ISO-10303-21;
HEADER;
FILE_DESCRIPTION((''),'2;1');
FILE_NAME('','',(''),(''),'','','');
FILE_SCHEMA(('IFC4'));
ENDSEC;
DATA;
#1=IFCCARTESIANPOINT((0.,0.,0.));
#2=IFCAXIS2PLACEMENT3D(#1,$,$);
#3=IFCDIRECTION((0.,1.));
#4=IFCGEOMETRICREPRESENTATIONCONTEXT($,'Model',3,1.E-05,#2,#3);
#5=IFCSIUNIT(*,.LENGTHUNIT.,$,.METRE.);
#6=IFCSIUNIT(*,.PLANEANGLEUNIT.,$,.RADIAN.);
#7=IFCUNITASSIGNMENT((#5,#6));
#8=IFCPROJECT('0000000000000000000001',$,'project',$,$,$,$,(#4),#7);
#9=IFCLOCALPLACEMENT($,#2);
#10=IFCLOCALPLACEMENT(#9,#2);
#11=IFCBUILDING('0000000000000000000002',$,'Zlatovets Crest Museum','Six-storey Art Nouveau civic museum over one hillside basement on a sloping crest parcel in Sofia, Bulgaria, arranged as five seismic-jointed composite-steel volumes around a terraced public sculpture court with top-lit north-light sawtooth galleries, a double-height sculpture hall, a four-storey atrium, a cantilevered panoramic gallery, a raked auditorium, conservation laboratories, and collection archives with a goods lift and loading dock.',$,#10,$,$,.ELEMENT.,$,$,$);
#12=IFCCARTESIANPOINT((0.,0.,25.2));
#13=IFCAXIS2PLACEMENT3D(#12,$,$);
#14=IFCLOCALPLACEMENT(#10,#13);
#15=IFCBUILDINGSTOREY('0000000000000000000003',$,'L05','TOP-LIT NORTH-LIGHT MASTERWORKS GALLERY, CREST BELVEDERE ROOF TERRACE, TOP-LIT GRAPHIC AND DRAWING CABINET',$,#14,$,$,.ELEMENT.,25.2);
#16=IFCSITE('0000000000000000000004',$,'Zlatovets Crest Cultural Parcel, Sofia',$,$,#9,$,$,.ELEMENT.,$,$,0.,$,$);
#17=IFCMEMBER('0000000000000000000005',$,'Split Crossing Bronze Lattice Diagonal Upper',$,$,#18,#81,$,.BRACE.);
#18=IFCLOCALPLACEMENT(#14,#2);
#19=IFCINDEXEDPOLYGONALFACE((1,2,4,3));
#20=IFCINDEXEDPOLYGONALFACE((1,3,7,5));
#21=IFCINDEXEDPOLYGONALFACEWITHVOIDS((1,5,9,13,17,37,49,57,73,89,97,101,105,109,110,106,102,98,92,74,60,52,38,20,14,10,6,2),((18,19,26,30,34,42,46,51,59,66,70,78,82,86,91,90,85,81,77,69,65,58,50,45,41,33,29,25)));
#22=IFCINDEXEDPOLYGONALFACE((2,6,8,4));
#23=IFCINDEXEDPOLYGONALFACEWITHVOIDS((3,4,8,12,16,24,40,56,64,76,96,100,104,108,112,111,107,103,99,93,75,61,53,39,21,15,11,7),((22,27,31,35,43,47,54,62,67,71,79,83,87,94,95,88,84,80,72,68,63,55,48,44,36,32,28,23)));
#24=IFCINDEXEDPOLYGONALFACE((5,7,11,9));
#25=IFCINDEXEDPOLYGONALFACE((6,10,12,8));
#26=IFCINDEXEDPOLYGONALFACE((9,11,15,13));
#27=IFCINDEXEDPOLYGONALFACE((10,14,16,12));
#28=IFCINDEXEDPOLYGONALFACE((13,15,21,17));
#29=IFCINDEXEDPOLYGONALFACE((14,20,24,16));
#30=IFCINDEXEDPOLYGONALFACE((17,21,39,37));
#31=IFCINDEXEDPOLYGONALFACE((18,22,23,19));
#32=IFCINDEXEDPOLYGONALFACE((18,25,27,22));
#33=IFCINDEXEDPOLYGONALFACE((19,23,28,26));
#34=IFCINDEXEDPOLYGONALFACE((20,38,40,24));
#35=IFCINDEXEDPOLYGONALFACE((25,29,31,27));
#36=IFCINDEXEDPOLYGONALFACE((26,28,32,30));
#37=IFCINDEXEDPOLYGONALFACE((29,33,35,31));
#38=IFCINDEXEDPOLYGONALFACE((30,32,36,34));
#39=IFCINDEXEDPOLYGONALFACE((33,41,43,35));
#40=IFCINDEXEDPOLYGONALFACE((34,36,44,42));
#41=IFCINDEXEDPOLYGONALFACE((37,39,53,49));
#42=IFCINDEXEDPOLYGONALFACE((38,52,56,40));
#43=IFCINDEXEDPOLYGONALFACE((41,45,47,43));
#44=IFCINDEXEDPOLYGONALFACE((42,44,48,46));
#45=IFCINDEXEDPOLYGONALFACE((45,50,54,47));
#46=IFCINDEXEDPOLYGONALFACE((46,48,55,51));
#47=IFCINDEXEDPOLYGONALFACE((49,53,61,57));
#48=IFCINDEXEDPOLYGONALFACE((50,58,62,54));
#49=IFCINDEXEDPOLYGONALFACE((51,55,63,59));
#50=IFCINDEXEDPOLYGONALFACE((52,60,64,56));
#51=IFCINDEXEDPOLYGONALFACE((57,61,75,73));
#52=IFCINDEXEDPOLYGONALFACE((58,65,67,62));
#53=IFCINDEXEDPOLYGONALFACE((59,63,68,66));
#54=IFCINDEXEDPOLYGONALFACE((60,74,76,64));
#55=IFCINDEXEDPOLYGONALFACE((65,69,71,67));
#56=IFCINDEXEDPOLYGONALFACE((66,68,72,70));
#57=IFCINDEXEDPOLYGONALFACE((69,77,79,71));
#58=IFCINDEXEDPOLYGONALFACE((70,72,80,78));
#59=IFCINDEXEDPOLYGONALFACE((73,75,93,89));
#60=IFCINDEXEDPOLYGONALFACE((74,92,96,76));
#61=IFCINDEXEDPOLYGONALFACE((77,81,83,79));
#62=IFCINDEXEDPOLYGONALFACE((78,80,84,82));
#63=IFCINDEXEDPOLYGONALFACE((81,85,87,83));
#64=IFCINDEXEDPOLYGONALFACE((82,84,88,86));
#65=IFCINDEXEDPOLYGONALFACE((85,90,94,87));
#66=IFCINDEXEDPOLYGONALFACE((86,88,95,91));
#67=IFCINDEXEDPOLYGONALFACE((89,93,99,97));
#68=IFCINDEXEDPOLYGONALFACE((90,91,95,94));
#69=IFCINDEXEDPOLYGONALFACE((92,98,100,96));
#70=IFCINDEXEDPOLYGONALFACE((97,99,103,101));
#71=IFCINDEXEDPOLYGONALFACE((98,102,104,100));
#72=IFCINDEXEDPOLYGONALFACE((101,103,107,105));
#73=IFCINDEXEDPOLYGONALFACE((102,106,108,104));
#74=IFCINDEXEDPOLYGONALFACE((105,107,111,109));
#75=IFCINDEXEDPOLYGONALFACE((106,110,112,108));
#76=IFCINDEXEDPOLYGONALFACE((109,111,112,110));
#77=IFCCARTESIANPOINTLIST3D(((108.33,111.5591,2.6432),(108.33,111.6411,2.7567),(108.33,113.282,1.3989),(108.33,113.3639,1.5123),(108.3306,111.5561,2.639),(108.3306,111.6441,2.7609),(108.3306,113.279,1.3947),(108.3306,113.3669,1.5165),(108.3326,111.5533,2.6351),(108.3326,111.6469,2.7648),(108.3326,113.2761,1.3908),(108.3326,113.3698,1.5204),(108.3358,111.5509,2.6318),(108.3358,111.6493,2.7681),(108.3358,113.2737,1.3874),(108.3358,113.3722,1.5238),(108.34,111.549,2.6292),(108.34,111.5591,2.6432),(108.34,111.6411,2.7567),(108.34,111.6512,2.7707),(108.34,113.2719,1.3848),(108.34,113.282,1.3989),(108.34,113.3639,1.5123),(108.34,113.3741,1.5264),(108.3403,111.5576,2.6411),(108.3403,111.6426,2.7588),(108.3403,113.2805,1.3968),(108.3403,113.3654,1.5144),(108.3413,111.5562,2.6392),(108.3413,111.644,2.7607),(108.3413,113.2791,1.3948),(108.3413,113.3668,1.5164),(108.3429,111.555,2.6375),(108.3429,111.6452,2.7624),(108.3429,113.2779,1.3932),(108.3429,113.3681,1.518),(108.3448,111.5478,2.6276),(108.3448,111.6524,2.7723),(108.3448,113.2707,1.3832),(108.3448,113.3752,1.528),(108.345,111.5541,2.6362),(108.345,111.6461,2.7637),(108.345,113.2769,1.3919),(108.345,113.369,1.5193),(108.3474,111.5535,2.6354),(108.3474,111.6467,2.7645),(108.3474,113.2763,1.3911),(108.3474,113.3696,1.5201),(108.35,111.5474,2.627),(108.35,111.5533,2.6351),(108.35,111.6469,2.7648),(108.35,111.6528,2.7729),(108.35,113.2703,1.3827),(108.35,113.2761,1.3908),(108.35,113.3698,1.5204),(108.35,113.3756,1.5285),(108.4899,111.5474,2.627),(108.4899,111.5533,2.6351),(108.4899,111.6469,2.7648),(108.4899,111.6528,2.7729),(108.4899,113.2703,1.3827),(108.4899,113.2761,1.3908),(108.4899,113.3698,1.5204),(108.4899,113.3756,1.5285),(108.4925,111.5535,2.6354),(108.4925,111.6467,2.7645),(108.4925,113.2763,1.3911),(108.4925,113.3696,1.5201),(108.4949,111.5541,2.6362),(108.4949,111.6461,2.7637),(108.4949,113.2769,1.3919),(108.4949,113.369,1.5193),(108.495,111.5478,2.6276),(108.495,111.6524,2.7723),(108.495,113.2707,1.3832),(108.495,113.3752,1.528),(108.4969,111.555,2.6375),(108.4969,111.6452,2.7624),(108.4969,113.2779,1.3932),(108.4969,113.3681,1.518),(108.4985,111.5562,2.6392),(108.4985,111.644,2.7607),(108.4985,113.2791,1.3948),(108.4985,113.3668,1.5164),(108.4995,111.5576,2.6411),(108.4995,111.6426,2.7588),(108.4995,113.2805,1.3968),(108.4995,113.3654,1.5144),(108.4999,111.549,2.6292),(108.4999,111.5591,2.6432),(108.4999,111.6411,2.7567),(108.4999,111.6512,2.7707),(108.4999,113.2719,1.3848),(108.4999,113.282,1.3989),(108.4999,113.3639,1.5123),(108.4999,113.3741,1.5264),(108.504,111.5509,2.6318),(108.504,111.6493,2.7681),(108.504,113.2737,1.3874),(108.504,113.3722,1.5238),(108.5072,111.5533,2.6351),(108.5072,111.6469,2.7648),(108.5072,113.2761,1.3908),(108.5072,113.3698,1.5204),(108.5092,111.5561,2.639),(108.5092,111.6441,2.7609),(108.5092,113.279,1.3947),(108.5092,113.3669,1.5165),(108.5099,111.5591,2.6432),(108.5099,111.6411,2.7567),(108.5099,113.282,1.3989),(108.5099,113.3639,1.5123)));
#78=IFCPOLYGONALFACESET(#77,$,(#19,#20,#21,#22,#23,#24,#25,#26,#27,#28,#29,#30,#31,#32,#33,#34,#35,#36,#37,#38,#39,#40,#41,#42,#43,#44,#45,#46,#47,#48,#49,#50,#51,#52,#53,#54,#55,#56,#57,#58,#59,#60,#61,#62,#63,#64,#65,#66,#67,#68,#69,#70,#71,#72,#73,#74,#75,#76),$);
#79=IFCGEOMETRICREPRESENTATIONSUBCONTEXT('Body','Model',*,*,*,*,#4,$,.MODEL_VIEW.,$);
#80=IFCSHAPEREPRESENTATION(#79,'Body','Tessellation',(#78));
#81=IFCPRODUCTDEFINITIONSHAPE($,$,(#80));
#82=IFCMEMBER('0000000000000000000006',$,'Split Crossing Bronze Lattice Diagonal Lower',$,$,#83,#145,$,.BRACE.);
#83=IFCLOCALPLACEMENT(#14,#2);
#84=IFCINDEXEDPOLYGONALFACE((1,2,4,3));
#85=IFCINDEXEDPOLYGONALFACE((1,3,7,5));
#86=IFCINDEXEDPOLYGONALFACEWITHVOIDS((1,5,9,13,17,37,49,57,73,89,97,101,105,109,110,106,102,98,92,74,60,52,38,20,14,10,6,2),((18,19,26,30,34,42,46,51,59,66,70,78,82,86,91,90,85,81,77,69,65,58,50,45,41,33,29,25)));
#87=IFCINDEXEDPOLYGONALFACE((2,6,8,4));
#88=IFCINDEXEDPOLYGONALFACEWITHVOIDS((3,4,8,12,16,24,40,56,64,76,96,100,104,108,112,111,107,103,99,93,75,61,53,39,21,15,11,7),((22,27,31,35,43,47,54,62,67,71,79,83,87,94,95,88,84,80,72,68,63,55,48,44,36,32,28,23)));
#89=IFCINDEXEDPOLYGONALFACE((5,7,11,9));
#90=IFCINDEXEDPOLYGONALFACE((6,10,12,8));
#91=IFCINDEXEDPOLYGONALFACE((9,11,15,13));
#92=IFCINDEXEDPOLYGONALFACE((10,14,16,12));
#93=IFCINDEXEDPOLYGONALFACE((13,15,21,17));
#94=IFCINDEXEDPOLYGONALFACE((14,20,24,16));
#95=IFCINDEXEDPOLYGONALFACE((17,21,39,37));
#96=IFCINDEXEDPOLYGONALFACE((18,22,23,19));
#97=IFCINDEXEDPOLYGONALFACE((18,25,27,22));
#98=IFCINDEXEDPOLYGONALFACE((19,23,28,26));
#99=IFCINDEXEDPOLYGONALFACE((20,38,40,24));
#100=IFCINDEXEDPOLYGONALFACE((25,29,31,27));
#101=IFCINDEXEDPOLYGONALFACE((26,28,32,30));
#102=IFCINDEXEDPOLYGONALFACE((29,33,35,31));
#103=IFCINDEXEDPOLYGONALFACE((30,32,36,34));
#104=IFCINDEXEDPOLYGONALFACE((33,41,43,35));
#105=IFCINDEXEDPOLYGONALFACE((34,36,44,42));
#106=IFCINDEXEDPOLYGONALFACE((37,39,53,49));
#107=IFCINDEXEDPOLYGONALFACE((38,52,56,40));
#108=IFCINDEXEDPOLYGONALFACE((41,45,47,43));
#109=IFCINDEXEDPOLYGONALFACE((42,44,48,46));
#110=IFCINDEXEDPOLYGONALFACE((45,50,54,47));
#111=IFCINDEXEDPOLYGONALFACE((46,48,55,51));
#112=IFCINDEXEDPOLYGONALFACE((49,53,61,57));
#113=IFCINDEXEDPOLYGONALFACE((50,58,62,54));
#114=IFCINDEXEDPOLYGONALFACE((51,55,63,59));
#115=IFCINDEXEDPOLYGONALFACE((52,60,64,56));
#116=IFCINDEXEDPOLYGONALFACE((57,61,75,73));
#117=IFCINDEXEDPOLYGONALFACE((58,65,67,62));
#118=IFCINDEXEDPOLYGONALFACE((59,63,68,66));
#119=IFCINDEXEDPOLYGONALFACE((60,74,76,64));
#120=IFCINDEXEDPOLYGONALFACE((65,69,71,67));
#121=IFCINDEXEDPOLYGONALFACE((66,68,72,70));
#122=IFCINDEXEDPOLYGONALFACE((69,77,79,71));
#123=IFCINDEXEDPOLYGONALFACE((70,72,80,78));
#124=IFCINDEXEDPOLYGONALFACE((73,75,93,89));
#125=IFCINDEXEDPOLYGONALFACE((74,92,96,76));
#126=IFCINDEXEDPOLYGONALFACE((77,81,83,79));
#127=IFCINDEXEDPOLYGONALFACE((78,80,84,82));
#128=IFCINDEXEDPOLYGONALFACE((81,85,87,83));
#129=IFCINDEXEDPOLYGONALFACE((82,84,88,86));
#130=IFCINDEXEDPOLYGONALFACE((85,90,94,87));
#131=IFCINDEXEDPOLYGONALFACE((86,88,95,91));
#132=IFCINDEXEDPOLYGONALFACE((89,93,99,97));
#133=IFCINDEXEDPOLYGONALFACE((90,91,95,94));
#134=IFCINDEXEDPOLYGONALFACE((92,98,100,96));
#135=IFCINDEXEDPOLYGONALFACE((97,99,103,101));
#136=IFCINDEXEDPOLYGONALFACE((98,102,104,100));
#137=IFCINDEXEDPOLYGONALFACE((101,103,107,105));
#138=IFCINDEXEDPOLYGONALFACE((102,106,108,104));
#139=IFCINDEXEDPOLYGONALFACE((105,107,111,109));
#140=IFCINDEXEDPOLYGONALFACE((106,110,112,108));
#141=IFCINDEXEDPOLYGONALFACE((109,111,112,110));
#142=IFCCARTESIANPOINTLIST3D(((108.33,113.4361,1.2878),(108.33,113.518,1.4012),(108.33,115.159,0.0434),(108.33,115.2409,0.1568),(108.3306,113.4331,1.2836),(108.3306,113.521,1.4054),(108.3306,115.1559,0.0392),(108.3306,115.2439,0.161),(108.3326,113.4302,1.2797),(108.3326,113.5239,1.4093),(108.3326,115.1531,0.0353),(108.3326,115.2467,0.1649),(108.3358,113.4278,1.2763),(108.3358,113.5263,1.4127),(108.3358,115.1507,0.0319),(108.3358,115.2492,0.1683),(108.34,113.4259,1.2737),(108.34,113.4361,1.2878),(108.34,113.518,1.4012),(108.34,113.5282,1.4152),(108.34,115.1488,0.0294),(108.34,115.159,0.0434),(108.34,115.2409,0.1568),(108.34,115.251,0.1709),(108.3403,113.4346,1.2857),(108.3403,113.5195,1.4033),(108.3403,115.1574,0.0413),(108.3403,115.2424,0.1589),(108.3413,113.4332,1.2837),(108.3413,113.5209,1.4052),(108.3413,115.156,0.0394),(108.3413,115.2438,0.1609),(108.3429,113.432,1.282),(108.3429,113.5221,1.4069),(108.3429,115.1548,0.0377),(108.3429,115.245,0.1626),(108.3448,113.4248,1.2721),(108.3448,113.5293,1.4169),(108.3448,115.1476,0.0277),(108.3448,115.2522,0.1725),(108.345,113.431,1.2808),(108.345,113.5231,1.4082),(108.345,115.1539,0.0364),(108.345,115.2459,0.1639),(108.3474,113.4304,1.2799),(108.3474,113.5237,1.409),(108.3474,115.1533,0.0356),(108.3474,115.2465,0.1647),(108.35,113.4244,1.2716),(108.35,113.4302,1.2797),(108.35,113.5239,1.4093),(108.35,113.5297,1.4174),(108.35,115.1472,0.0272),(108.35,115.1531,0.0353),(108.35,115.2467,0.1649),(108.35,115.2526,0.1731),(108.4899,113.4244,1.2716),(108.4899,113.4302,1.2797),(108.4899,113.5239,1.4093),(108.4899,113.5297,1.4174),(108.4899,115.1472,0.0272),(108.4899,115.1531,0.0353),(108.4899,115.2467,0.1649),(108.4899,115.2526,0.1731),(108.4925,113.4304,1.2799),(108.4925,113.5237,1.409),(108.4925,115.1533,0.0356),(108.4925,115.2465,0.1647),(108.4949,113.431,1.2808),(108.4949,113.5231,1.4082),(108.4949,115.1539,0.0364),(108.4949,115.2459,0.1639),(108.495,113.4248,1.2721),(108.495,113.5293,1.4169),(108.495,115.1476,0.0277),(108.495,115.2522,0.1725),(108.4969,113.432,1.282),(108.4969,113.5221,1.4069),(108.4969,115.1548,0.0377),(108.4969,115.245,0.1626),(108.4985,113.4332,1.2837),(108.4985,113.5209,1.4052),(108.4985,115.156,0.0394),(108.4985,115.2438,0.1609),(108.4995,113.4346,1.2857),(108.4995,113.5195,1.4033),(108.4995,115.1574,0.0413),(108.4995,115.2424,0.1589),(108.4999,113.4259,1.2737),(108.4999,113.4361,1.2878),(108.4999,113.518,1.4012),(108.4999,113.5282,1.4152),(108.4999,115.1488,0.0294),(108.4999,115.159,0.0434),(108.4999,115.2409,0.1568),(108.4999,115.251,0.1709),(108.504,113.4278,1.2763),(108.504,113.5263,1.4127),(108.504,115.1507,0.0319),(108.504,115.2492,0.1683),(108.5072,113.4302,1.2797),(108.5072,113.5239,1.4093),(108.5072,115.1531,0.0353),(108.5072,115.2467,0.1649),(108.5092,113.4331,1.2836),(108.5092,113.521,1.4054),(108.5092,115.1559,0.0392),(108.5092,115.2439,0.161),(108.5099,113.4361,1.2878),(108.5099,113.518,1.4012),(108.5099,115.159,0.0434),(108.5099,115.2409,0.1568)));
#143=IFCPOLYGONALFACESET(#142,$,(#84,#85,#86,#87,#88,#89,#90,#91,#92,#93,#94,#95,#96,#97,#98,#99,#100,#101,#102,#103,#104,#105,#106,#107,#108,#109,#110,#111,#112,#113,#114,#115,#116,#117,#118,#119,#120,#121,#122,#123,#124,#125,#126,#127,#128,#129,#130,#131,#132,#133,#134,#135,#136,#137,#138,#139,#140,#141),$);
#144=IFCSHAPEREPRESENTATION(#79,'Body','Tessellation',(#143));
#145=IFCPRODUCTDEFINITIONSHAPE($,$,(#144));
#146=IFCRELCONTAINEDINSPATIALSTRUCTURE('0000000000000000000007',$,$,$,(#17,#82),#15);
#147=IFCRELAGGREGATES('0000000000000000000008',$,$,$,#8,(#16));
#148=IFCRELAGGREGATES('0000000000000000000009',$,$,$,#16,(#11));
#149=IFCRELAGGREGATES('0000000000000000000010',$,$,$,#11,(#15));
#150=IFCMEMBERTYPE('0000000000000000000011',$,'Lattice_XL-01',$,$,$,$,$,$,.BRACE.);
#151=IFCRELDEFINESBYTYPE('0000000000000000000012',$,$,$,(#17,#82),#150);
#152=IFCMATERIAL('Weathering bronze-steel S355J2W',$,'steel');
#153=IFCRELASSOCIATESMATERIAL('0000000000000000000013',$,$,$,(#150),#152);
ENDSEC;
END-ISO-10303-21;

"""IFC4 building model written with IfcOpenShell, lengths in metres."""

from ifc_helpers import new_model, si_unit, direction, frame, origin, origin_2d, place, context, subcontext, project, spatial, hollow_rectangle, extrude, material, material_profile, profile_set, type_object, element, save


model = new_model("IFC4")

# Units and contexts
model_context = context("Model", 3, precision=1e-05, world=origin(), true_north=direction((0.0, 1.0)))
body_context = subcontext(model_context, "Body", "Model", "MODEL_VIEW")
ifc_project = project(units=[si_unit("LENGTHUNIT", "METRE"), si_unit("PLANEANGLEUNIT", "RADIAN")], contexts=[model_context])

# Site, building, storey
site_placement = place(None, origin())
site = spatial("IfcSite", under=ifc_project, at=site_placement, Name="Zlatovets Crest Cultural Parcel, Sofia", CompositionType="ELEMENT", RefElevation=0.0)
building_placement = place(site_placement, origin())
building = spatial("IfcBuilding", under=site, at=building_placement, Name="Zlatovets Crest Museum", Description="Six-storey Art Nouveau civic museum over one hillside basement on a sloping crest parcel in Sofia, Bulgaria, arranged as five seismic-jointed composite-steel volumes around a terraced public sculpture court with top-lit north-light sawtooth galleries, a double-height sculpture hall, a four-storey atrium, a cantilevered panoramic gallery, a raked auditorium, conservation laboratories, and collection archives with a goods lift and loading dock.", CompositionType="ELEMENT")
storey_placement = place(building_placement, frame((0.0, 0.0, 25.2)))
storey = spatial("IfcBuildingStorey", under=building, at=storey_placement, Name="L05", Description="TOP-LIT NORTH-LIGHT MASTERWORKS GALLERY, CREST BELVEDERE ROOF TERRACE, TOP-LIT GRAPHIC AND DRAWING CABINET", CompositionType="ELEMENT", Elevation=25.2)

# Members
ifc_material_1 = material(Name="Weathering bronze-steel S355J2W", Category="steel")
ifc_material_profile_1 = material_profile(ifc_material_1, hollow_rectangle(XDim=0.1799, YDim=0.1799, WallThickness=0.01, InnerFilletRadius=0.01, OuterFilletRadius=0.02, at=origin_2d()), Name="SHS 180x180x10.0")
ifc_profile_set_1 = profile_set([ifc_material_profile_1], Name="Weathering bronze-steel S355J2W")
member_type_1 = type_object("IfcMemberType", Name="Lattice_XL-01", PredefinedType="BRACE", material=ifc_profile_set_1)
for number, where, z_axis, x_axis, name in (
    (1, (108.4199, 111.6001, 2.7), (0.0, 0.810664, -0.585512), (-1.0, 0.0, 0.0), "Split Crossing Bronze Lattice Diagonal Upper"),
    (2, (108.4199, 113.4771, 1.3445), (0.0, 0.810664, -0.585512), (-1.0, 0.0, 0.0), "Split Crossing Bronze Lattice Diagonal Lower"),
):
    element("IfcMember", number, at=place(storey_placement, frame(where, z_axis=z_axis, x_axis=x_axis)), inside=storey, type_object=member_type_1, Name=name, PredefinedType="BRACE", context=body_context, shape_type="SweptSolid", body=[
        extrude(hollow_rectangle(XDim=0.1799, YDim=0.1799, WallThickness=0.01, InnerFilletRadius=0.01, OuterFilletRadius=0.02, at=origin_2d()), origin(), (0.0, 0.0, 1.0), 2.1252),
    ])

save(model, "model.ifc")
